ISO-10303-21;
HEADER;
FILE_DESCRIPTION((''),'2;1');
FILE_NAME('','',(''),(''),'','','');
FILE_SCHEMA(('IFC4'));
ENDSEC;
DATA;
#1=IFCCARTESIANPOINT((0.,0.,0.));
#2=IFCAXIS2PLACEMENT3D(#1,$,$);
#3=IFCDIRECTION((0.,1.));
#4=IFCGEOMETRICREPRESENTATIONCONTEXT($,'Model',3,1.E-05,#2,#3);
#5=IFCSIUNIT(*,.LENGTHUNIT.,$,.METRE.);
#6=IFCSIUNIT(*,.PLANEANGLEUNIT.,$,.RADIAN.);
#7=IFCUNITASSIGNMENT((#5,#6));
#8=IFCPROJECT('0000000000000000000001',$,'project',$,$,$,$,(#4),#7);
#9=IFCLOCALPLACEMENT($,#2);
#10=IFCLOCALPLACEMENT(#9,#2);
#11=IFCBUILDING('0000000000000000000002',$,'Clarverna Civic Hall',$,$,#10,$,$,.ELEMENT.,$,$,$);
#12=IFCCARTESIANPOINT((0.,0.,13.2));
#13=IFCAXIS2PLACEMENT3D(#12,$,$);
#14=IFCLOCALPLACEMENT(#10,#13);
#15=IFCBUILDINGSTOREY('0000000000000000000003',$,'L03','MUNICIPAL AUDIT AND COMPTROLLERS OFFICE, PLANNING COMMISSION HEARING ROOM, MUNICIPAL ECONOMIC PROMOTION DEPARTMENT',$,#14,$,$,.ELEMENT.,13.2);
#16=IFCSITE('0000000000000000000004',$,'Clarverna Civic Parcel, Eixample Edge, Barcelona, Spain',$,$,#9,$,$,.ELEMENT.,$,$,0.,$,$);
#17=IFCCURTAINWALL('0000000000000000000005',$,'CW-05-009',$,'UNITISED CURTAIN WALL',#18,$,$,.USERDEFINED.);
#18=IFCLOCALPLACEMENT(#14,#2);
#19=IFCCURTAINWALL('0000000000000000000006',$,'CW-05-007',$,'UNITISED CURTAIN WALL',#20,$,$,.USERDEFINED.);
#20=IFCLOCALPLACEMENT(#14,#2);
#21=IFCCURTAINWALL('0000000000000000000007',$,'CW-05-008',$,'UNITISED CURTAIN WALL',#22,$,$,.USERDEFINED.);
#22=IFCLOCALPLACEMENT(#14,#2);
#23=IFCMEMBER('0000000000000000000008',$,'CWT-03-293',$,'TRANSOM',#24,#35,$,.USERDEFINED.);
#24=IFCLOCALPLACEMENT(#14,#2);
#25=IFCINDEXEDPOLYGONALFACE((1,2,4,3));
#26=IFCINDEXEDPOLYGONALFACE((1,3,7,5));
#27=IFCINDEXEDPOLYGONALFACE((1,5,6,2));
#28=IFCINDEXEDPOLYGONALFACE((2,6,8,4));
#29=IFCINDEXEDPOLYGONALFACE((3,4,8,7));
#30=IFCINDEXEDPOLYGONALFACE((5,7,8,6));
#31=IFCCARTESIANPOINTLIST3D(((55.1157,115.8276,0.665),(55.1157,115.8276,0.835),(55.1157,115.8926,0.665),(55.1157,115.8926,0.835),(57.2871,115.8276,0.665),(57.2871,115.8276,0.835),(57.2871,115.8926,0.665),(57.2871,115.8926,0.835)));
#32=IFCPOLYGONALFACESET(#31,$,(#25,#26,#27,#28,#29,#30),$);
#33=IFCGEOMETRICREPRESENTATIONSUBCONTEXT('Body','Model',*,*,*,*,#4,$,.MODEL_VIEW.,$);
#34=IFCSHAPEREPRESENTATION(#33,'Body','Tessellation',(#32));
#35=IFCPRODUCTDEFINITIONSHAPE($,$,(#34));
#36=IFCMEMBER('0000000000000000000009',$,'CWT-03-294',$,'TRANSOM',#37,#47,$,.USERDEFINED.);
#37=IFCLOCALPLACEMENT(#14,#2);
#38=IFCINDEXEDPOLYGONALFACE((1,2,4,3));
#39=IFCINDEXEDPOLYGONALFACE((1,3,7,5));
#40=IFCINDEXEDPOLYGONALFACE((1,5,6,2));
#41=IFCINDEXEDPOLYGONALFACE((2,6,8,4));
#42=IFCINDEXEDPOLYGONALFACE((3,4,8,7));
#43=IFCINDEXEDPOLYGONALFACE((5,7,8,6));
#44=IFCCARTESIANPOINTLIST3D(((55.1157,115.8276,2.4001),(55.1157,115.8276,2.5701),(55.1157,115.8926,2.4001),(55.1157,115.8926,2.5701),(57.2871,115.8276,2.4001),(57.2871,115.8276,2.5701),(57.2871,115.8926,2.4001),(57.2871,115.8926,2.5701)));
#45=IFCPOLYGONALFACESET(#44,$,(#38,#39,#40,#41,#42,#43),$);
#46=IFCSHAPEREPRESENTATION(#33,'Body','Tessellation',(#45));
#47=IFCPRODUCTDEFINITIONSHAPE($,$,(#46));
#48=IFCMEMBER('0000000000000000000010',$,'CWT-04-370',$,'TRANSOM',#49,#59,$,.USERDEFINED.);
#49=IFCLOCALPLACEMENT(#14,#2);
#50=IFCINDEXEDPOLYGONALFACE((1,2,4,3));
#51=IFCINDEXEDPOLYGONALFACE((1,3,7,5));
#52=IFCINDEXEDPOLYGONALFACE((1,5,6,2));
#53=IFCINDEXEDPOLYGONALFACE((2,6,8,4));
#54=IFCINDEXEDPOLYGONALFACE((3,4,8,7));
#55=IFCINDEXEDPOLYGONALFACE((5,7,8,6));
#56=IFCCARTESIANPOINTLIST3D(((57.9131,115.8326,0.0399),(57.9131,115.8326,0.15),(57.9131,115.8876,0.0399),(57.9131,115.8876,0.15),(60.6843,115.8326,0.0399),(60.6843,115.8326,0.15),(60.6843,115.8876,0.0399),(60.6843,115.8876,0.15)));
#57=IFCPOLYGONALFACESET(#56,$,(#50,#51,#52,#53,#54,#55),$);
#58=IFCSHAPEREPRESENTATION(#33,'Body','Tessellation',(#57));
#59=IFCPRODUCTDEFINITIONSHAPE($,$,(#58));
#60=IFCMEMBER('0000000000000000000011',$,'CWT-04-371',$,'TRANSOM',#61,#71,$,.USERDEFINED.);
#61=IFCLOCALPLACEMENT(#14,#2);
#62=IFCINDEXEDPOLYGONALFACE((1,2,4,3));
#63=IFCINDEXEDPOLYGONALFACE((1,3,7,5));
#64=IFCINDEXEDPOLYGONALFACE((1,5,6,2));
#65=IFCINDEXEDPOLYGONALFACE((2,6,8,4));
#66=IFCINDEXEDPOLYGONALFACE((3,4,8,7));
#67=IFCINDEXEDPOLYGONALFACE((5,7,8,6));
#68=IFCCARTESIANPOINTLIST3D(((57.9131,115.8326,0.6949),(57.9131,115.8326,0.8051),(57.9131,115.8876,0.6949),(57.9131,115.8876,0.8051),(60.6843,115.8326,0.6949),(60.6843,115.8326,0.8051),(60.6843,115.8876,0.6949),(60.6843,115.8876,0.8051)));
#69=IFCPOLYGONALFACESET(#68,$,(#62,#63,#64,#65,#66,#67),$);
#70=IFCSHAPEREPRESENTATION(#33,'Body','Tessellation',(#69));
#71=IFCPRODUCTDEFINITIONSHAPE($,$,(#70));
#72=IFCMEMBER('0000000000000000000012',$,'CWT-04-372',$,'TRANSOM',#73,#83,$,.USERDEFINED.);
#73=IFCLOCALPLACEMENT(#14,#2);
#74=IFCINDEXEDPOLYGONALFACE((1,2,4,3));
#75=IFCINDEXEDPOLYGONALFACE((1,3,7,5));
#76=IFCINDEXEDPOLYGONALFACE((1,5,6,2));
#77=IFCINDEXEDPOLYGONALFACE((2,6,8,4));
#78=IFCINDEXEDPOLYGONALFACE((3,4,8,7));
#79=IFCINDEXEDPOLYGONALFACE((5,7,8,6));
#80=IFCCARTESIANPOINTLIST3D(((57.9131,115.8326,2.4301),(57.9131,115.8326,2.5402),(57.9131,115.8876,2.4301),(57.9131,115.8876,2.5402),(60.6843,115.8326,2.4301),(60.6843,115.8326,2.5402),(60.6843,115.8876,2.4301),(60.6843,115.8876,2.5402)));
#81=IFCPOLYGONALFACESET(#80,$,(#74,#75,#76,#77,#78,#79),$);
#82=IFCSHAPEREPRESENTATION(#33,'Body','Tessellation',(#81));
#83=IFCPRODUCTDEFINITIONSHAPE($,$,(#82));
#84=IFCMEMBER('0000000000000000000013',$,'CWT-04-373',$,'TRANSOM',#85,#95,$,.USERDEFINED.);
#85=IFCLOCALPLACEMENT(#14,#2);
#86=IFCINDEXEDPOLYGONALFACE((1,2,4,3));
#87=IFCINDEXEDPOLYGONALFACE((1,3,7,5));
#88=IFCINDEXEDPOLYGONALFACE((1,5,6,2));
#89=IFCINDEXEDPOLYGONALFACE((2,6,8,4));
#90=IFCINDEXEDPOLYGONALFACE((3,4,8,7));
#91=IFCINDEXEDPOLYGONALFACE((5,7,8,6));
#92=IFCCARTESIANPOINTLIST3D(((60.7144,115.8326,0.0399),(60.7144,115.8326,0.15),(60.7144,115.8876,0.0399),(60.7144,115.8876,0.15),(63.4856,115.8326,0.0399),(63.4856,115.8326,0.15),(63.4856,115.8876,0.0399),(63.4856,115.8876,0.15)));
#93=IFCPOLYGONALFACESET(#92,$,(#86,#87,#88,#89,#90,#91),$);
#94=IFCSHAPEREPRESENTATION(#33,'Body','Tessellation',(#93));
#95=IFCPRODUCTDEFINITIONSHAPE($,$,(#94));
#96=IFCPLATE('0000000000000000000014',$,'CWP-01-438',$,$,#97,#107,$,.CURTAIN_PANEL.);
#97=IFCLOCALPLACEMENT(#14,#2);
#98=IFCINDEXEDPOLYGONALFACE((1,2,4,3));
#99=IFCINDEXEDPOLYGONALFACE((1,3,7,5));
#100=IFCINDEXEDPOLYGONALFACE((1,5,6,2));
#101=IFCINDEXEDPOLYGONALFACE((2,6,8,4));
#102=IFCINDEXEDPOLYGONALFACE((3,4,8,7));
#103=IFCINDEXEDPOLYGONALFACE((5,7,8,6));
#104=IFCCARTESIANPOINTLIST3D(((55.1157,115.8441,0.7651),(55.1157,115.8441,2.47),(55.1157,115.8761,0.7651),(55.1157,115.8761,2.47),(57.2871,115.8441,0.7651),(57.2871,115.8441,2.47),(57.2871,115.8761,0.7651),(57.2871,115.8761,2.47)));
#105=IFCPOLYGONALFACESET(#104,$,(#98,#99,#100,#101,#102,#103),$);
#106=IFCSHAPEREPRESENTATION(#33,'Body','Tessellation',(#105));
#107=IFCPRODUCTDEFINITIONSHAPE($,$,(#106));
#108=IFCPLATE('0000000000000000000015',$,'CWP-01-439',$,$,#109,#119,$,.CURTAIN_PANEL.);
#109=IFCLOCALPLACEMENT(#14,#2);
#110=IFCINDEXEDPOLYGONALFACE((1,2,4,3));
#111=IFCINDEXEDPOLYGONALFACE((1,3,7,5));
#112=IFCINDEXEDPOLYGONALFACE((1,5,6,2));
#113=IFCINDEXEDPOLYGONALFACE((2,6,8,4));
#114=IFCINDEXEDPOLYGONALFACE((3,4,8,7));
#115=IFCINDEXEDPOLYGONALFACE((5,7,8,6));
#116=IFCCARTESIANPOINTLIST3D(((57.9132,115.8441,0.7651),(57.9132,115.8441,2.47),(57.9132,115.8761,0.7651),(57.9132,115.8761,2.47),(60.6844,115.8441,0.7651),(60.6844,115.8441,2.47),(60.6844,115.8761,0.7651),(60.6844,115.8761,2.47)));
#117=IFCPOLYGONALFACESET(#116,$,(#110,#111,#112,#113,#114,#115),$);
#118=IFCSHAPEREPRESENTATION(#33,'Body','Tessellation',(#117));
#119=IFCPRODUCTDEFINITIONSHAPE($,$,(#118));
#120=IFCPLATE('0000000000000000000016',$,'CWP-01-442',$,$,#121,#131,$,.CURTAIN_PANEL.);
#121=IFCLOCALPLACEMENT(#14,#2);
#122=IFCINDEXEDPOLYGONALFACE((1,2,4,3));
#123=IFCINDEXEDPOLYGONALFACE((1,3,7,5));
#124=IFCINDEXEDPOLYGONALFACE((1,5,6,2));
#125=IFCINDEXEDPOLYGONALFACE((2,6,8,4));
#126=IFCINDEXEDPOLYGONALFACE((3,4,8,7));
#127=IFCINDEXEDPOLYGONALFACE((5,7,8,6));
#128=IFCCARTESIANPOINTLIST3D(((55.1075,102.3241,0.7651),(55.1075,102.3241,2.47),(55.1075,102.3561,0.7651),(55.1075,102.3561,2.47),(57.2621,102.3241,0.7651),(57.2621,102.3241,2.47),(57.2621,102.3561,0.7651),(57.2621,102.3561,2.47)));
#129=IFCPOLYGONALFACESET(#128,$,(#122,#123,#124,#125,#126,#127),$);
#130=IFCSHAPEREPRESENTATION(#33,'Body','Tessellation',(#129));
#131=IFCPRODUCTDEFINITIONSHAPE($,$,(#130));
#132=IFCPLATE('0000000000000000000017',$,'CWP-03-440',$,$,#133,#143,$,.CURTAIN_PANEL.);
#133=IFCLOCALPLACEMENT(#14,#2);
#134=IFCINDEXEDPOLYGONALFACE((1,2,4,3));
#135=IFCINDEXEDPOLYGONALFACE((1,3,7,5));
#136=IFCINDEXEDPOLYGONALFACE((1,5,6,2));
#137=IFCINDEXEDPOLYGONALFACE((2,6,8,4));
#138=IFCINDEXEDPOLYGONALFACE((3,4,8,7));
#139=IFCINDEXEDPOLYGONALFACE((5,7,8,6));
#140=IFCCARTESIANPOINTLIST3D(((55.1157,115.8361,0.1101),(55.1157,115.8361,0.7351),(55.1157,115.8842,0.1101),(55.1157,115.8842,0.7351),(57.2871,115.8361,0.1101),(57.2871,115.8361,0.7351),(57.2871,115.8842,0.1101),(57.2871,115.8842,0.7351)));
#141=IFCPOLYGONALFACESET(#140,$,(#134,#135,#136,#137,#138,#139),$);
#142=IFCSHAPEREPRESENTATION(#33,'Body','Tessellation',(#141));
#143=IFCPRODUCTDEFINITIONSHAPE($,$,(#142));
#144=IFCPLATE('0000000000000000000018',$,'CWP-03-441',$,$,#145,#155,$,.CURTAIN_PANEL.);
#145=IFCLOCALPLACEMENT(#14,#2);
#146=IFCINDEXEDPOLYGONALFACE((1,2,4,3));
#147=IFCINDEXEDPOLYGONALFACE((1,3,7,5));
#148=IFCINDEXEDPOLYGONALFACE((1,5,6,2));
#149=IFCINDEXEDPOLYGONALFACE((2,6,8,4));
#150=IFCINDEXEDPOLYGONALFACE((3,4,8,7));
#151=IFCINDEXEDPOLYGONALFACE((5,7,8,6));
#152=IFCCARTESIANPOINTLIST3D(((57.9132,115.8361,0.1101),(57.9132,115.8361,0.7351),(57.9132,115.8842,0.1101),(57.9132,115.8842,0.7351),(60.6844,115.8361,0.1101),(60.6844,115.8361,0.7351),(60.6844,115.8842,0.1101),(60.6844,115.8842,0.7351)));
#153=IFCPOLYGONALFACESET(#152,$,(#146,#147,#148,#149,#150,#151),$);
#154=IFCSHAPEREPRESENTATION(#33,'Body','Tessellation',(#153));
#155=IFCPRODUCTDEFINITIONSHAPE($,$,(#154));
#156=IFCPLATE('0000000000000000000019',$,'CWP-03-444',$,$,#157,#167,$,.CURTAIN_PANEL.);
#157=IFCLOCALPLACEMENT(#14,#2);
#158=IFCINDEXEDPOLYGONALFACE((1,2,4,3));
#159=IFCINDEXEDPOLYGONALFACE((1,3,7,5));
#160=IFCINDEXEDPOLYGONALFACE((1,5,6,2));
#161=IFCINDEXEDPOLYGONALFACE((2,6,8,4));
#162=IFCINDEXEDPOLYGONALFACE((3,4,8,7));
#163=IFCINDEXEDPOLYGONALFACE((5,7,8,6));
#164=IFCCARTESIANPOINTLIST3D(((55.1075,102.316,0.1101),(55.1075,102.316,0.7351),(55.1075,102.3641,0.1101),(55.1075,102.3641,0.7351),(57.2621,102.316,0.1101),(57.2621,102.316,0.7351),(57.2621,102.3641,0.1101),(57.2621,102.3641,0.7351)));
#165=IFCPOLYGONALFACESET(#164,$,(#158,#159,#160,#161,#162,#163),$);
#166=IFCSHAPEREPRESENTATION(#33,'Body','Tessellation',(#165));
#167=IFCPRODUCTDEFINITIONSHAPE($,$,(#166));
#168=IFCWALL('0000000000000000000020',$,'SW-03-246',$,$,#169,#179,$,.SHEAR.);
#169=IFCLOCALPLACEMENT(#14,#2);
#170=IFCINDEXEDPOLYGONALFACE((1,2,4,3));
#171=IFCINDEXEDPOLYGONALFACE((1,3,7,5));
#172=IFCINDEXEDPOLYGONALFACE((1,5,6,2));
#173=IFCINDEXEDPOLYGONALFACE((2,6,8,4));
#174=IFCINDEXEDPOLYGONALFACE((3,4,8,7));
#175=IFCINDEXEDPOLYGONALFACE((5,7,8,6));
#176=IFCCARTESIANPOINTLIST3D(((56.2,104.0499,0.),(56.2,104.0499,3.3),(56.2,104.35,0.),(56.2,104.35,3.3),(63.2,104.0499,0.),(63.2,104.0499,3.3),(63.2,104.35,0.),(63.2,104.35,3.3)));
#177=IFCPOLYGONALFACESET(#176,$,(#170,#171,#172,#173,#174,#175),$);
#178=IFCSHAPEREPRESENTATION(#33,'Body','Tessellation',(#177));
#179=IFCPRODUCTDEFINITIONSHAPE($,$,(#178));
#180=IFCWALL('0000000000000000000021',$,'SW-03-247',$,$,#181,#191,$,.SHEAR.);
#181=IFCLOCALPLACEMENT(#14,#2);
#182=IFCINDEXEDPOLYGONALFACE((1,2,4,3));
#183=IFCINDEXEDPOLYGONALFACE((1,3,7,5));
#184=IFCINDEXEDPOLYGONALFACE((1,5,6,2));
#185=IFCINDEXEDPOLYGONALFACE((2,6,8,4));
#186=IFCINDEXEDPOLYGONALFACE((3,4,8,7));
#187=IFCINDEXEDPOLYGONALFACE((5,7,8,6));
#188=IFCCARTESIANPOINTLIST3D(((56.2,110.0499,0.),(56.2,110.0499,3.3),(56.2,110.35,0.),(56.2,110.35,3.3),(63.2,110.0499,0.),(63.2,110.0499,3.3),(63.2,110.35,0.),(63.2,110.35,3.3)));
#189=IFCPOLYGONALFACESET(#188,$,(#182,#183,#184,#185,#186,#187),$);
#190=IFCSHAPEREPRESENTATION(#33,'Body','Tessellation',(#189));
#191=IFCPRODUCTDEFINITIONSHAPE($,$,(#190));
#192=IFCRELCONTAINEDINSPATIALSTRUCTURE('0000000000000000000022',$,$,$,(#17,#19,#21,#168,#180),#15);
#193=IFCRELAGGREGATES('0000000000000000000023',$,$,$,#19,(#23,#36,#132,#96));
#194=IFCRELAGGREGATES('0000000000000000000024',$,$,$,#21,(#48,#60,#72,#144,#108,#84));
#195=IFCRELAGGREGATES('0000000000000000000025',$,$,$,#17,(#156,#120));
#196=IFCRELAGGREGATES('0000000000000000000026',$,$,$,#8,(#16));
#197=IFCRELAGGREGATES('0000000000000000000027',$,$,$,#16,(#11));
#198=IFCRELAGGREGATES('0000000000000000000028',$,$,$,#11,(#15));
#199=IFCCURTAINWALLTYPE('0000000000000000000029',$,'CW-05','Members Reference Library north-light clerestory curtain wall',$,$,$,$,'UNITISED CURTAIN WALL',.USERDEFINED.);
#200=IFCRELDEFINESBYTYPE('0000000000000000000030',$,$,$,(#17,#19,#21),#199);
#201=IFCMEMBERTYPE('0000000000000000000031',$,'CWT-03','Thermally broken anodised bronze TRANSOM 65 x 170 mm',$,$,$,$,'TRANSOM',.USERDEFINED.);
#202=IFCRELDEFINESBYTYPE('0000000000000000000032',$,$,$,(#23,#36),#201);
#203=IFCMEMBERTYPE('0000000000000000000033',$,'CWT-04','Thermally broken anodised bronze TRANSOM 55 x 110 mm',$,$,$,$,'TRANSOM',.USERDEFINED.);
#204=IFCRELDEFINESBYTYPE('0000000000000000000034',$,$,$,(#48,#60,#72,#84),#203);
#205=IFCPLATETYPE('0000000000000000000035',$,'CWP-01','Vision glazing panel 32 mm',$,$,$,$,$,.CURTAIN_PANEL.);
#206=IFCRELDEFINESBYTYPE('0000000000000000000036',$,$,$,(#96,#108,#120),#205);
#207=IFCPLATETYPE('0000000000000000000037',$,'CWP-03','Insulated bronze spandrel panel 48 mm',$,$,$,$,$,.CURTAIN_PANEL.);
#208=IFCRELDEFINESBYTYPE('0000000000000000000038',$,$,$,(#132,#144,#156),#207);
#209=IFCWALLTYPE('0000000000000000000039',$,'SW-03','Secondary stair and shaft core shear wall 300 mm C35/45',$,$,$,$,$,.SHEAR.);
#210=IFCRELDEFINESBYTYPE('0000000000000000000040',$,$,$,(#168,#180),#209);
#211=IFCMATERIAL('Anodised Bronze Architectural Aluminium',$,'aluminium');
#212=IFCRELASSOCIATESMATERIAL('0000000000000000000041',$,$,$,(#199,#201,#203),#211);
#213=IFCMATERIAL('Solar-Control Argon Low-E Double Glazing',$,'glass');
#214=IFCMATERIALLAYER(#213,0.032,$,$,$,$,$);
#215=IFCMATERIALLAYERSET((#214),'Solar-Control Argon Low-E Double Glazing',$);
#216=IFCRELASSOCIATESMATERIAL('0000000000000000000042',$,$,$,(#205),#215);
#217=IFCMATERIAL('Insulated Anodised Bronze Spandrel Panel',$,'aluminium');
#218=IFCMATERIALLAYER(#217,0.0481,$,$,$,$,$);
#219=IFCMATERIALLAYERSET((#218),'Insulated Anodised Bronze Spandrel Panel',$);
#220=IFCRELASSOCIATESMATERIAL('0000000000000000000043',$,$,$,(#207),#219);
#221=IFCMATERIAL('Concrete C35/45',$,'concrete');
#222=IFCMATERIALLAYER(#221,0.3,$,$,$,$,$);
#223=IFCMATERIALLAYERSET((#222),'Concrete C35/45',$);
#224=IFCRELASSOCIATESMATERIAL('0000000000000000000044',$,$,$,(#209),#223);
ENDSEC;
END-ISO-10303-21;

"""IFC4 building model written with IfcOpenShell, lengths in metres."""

from ifc_helpers import new_model, si_unit, direction, frame, frame_2d, origin, origin_2d, place, context, subcontext, project, spatial, rectangle, extrude, material, layer, layer_set, material_profile, profile_set, type_object, element, aggregate, save


model = new_model("IFC4")

# Units and contexts
model_context = context("Model", 3, precision=1e-05, world=origin(), true_north=direction((0.0, 1.0)))
body_context = subcontext(model_context, "Body", "Model", "MODEL_VIEW")
ifc_project = project(units=[si_unit("LENGTHUNIT", "METRE"), si_unit("PLANEANGLEUNIT", "RADIAN")], contexts=[model_context])

# Site, building, storey
site_placement = place(None, origin())
site = spatial("IfcSite", under=ifc_project, at=site_placement, Name="Clarverna Civic Parcel, Eixample Edge, Barcelona, Spain", CompositionType="ELEMENT", RefElevation=0.0)
building_placement = place(site_placement, origin())
building = spatial("IfcBuilding", under=site, at=building_placement, Name="Clarverna Civic Hall", CompositionType="ELEMENT")
storey_placement = place(building_placement, frame((0.0, 0.0, 13.2)))
storey = spatial("IfcBuildingStorey", under=building, at=storey_placement, Name="L03", Description="MUNICIPAL AUDIT AND COMPTROLLERS OFFICE, PLANNING COMMISSION HEARING ROOM, MUNICIPAL ECONOMIC PROMOTION DEPARTMENT", CompositionType="ELEMENT", Elevation=13.2)

# Shared definitions
ifc_material_1 = material(Name="Concrete C35/45", Category="concrete")

# Curtain wall
ifc_material_2 = material(Name="Anodised Bronze Architectural Aluminium", Category="aluminium")
curtain_wall_type = type_object("IfcCurtainWallType", Name="CW-05", Description="Members Reference Library north-light clerestory curtain wall", ElementType="UNITISED CURTAIN WALL", PredefinedType="USERDEFINED", material=ifc_material_2)
curtain_wall_1_placement = place(storey_placement, origin())
curtain_wall_1 = element("IfcCurtainWall", 1, at=curtain_wall_1_placement, inside=storey, type_object=curtain_wall_type, Name="CW-05-009", ObjectType="UNITISED CURTAIN WALL", PredefinedType="USERDEFINED")

# Curtain walls
curtain_wall_2_placement = place(storey_placement, origin())
curtain_wall_2 = element("IfcCurtainWall", 2, at=curtain_wall_2_placement, inside=storey, type_object=curtain_wall_type, Name="CW-05-007", ObjectType="UNITISED CURTAIN WALL", PredefinedType="USERDEFINED")
curtain_wall_3_placement = place(storey_placement, origin())
curtain_wall_3 = element("IfcCurtainWall", 3, at=curtain_wall_3_placement, inside=storey, type_object=curtain_wall_type, Name="CW-05-008", ObjectType="UNITISED CURTAIN WALL", PredefinedType="USERDEFINED")

# Members
ifc_material_profile_1 = material_profile(ifc_material_2, rectangle(XDim=0.0649, YDim=0.1699, at=origin_2d()), Name="BRONZE 65x170")
ifc_profile_set_1 = profile_set([ifc_material_profile_1], Name="Anodised Bronze Architectural Aluminium")
member_type_1 = type_object("IfcMemberType", Name="CWT-03", Description="Thermally broken anodised bronze TRANSOM 65 x 170 mm", ElementType="TRANSOM", PredefinedType="USERDEFINED", material=ifc_profile_set_1)
member_1_placement = place(storey_placement, frame((55.1157, 115.8601, 0.75), z_axis=(1.0, 0.0, 0.0), x_axis=(0.0, 1.0, 0.0)))
member_1 = element("IfcMember", 4, at=member_1_placement, type_object=member_type_1, Name="CWT-03-293", ObjectType="TRANSOM", PredefinedType="USERDEFINED", context=body_context, shape_type="SweptSolid", body=[
    extrude(rectangle(XDim=0.0649, YDim=0.1699, at=origin_2d()), origin(), (0.0, 0.0, 1.0), 2.1714),
])
member_2_placement = place(storey_placement, frame((55.1157, 115.8601, 2.4851), z_axis=(1.0, 0.0, 0.0), x_axis=(0.0, 1.0, 0.0)))
member_2 = element("IfcMember", 5, at=member_2_placement, type_object=member_type_1, Name="CWT-03-294", ObjectType="TRANSOM", PredefinedType="USERDEFINED", context=body_context, shape_type="SweptSolid", body=[
    extrude(rectangle(XDim=0.0649, YDim=0.1699, at=origin_2d()), origin(), (0.0, 0.0, 1.0), 2.1714),
])
ifc_material_profile_2 = material_profile(ifc_material_2, rectangle(XDim=0.0549, YDim=0.1101, at=origin_2d()), Name="BRONZE 55x110")
ifc_profile_set_2 = profile_set([ifc_material_profile_2], Name="Anodised Bronze Architectural Aluminium")
member_type_2 = type_object("IfcMemberType", Name="CWT-04", Description="Thermally broken anodised bronze TRANSOM 55 x 110 mm", ElementType="TRANSOM", PredefinedType="USERDEFINED", material=ifc_profile_set_2)
member_3_placement = place(storey_placement, frame((57.9131, 115.8601, 0.095), z_axis=(1.0, 0.0, 0.0), x_axis=(0.0, 1.0, 0.0)))
member_3 = element("IfcMember", 6, at=member_3_placement, type_object=member_type_2, Name="CWT-04-370", ObjectType="TRANSOM", PredefinedType="USERDEFINED", context=body_context, shape_type="SweptSolid", body=[
    extrude(rectangle(XDim=0.0549, YDim=0.1101, at=origin_2d()), origin(), (0.0, 0.0, 1.0), 2.7712),
])
member_4_placement = place(storey_placement, frame((57.9131, 115.8601, 0.75), z_axis=(1.0, 0.0, 0.0), x_axis=(0.0, 1.0, 0.0)))
member_4 = element("IfcMember", 7, at=member_4_placement, type_object=member_type_2, Name="CWT-04-371", ObjectType="TRANSOM", PredefinedType="USERDEFINED", context=body_context, shape_type="SweptSolid", body=[
    extrude(rectangle(XDim=0.0549, YDim=0.1101, at=origin_2d()), origin(), (0.0, 0.0, 1.0), 2.7712),
])
member_5_placement = place(storey_placement, frame((57.9131, 115.8601, 2.4851), z_axis=(1.0, 0.0, 0.0), x_axis=(0.0, 1.0, 0.0)))
member_5 = element("IfcMember", 8, at=member_5_placement, type_object=member_type_2, Name="CWT-04-372", ObjectType="TRANSOM", PredefinedType="USERDEFINED", context=body_context, shape_type="SweptSolid", body=[
    extrude(rectangle(XDim=0.0549, YDim=0.1101, at=origin_2d()), origin(), (0.0, 0.0, 1.0), 2.7712),
])
member_6_placement = place(storey_placement, frame((60.7144, 115.8601, 0.095), z_axis=(1.0, 0.0, 0.0), x_axis=(0.0, 1.0, 0.0)))
member_6 = element("IfcMember", 9, at=member_6_placement, type_object=member_type_2, Name="CWT-04-373", ObjectType="TRANSOM", PredefinedType="USERDEFINED", context=body_context, shape_type="SweptSolid", body=[
    extrude(rectangle(XDim=0.0549, YDim=0.1101, at=origin_2d()), origin(), (0.0, 0.0, 1.0), 2.7712),
])

# Plates
ifc_material_3 = material(Name="Solar-Control Argon Low-E Double Glazing", Category="glass")
ifc_layer_1 = layer(ifc_material_3, 0.032)
ifc_layer_set_1 = layer_set([ifc_layer_1], Name="Solar-Control Argon Low-E Double Glazing")
plate_type_1 = type_object("IfcPlateType", Name="CWP-01", Description="Vision glazing panel 32 mm", PredefinedType="CURTAIN_PANEL", material=ifc_layer_set_1)
plate_1_placement = place(storey_placement, frame((55.1157, 115.8601, 0.7651), z_axis=(0.0, 0.0, 1.0), x_axis=(1.0, 0.0, 0.0)))
plate_1 = element("IfcPlate", 10, at=plate_1_placement, type_object=plate_type_1, Name="CWP-01-438", PredefinedType="CURTAIN_PANEL", context=body_context, shape_type="SweptSolid", body=[
    extrude(rectangle(XDim=2.1714, YDim=0.032, at=frame_2d((1.0857, 0.0))), origin(), (0.0, 0.0, 1.0), 1.7048),
])
plate_2_placement = place(storey_placement, frame((57.9131, 115.8601, 0.7651), z_axis=(0.0, 0.0, 1.0), x_axis=(1.0, 0.0, 0.0)))
plate_2 = element("IfcPlate", 11, at=plate_2_placement, type_object=plate_type_1, Name="CWP-01-439", PredefinedType="CURTAIN_PANEL", context=body_context, shape_type="SweptSolid", body=[
    extrude(rectangle(XDim=2.7712, YDim=0.032, at=frame_2d((1.3857, 0.0))), origin(), (0.0, 0.0, 1.0), 1.7048),
])
plate_3_placement = place(storey_placement, frame((57.262, 102.3401, 0.7651), z_axis=(0.0, 0.0, 1.0), x_axis=(-1.0, 0.0, 0.0)))
plate_3 = element("IfcPlate", 12, at=plate_3_placement, type_object=plate_type_1, Name="CWP-01-442", PredefinedType="CURTAIN_PANEL", context=body_context, shape_type="SweptSolid", body=[
    extrude(rectangle(XDim=2.1545, YDim=0.032, at=frame_2d((1.0771, 0.0))), origin(), (0.0, 0.0, 1.0), 1.7048),
])
ifc_material_4 = material(Name="Insulated Anodised Bronze Spandrel Panel", Category="aluminium")
ifc_layer_2 = layer(ifc_material_4, 0.0481)
ifc_layer_set_2 = layer_set([ifc_layer_2], Name="Insulated Anodised Bronze Spandrel Panel")
plate_type_2 = type_object("IfcPlateType", Name="CWP-03", Description="Insulated bronze spandrel panel 48 mm", PredefinedType="CURTAIN_PANEL", material=ifc_layer_set_2)
plate_4_placement = place(storey_placement, frame((55.1157, 115.8601, 0.1101), z_axis=(0.0, 0.0, 1.0), x_axis=(1.0, 0.0, 0.0)))
plate_4 = element("IfcPlate", 13, at=plate_4_placement, type_object=plate_type_2, Name="CWP-03-440", PredefinedType="CURTAIN_PANEL", context=body_context, shape_type="SweptSolid", body=[
    extrude(rectangle(XDim=2.1714, YDim=0.0481, at=frame_2d((1.0857, 0.0))), origin(), (0.0, 0.0, 1.0), 0.625),
])
aggregate(curtain_wall_2, [member_1, member_2, plate_4, plate_1])
plate_5_placement = place(storey_placement, frame((57.9131, 115.8601, 0.1101), z_axis=(0.0, 0.0, 1.0), x_axis=(1.0, 0.0, 0.0)))
plate_5 = element("IfcPlate", 14, at=plate_5_placement, type_object=plate_type_2, Name="CWP-03-441", PredefinedType="CURTAIN_PANEL", context=body_context, shape_type="SweptSolid", body=[
    extrude(rectangle(XDim=2.7712, YDim=0.0481, at=frame_2d((1.3857, 0.0))), origin(), (0.0, 0.0, 1.0), 0.625),
])
aggregate(curtain_wall_3, [member_3, member_4, member_5, plate_5, plate_2, member_6])
plate_6_placement = place(storey_placement, frame((57.262, 102.3401, 0.1101), z_axis=(0.0, 0.0, 1.0), x_axis=(-1.0, 0.0, 0.0)))
plate_6 = element("IfcPlate", 15, at=plate_6_placement, type_object=plate_type_2, Name="CWP-03-444", PredefinedType="CURTAIN_PANEL", context=body_context, shape_type="SweptSolid", body=[
    extrude(rectangle(XDim=2.1545, YDim=0.0481, at=frame_2d((1.0771, 0.0))), origin(), (0.0, 0.0, 1.0), 0.625),
])
aggregate(curtain_wall_1, [plate_6, plate_3])

# Shared definitions
ifc_layer_3 = layer(ifc_material_1, 0.3)
ifc_layer_set_3 = layer_set([ifc_layer_3], Name="Concrete C35/45")
wall_type = type_object("IfcWallType", Name="SW-03", Description="Secondary stair and shaft core shear wall 300 mm C35/45", PredefinedType="SHEAR", material=ifc_layer_set_3)

# Walls
for number, where, z_axis, x_axis, name in (
    (16, (56.2, 104.2, 0.0), (0.0, 0.0, 1.0), (1.0, 0.0, 0.0), "SW-03-246"),
    (17, (56.2, 110.2, 0.0), (0.0, 0.0, 1.0), (1.0, 0.0, 0.0), "SW-03-247"),
):
    element("IfcWall", number, at=place(storey_placement, frame(where, z_axis=z_axis, x_axis=x_axis)), inside=storey, type_object=wall_type, Name=name, PredefinedType="SHEAR", context=body_context, shape_type="SweptSolid", body=[
        extrude(rectangle(XDim=7.0, YDim=0.3, at=frame_2d((3.5, 0.0))), origin(), (0.0, 0.0, 1.0), 3.3),
    ])

save(model, "model.ifc")
